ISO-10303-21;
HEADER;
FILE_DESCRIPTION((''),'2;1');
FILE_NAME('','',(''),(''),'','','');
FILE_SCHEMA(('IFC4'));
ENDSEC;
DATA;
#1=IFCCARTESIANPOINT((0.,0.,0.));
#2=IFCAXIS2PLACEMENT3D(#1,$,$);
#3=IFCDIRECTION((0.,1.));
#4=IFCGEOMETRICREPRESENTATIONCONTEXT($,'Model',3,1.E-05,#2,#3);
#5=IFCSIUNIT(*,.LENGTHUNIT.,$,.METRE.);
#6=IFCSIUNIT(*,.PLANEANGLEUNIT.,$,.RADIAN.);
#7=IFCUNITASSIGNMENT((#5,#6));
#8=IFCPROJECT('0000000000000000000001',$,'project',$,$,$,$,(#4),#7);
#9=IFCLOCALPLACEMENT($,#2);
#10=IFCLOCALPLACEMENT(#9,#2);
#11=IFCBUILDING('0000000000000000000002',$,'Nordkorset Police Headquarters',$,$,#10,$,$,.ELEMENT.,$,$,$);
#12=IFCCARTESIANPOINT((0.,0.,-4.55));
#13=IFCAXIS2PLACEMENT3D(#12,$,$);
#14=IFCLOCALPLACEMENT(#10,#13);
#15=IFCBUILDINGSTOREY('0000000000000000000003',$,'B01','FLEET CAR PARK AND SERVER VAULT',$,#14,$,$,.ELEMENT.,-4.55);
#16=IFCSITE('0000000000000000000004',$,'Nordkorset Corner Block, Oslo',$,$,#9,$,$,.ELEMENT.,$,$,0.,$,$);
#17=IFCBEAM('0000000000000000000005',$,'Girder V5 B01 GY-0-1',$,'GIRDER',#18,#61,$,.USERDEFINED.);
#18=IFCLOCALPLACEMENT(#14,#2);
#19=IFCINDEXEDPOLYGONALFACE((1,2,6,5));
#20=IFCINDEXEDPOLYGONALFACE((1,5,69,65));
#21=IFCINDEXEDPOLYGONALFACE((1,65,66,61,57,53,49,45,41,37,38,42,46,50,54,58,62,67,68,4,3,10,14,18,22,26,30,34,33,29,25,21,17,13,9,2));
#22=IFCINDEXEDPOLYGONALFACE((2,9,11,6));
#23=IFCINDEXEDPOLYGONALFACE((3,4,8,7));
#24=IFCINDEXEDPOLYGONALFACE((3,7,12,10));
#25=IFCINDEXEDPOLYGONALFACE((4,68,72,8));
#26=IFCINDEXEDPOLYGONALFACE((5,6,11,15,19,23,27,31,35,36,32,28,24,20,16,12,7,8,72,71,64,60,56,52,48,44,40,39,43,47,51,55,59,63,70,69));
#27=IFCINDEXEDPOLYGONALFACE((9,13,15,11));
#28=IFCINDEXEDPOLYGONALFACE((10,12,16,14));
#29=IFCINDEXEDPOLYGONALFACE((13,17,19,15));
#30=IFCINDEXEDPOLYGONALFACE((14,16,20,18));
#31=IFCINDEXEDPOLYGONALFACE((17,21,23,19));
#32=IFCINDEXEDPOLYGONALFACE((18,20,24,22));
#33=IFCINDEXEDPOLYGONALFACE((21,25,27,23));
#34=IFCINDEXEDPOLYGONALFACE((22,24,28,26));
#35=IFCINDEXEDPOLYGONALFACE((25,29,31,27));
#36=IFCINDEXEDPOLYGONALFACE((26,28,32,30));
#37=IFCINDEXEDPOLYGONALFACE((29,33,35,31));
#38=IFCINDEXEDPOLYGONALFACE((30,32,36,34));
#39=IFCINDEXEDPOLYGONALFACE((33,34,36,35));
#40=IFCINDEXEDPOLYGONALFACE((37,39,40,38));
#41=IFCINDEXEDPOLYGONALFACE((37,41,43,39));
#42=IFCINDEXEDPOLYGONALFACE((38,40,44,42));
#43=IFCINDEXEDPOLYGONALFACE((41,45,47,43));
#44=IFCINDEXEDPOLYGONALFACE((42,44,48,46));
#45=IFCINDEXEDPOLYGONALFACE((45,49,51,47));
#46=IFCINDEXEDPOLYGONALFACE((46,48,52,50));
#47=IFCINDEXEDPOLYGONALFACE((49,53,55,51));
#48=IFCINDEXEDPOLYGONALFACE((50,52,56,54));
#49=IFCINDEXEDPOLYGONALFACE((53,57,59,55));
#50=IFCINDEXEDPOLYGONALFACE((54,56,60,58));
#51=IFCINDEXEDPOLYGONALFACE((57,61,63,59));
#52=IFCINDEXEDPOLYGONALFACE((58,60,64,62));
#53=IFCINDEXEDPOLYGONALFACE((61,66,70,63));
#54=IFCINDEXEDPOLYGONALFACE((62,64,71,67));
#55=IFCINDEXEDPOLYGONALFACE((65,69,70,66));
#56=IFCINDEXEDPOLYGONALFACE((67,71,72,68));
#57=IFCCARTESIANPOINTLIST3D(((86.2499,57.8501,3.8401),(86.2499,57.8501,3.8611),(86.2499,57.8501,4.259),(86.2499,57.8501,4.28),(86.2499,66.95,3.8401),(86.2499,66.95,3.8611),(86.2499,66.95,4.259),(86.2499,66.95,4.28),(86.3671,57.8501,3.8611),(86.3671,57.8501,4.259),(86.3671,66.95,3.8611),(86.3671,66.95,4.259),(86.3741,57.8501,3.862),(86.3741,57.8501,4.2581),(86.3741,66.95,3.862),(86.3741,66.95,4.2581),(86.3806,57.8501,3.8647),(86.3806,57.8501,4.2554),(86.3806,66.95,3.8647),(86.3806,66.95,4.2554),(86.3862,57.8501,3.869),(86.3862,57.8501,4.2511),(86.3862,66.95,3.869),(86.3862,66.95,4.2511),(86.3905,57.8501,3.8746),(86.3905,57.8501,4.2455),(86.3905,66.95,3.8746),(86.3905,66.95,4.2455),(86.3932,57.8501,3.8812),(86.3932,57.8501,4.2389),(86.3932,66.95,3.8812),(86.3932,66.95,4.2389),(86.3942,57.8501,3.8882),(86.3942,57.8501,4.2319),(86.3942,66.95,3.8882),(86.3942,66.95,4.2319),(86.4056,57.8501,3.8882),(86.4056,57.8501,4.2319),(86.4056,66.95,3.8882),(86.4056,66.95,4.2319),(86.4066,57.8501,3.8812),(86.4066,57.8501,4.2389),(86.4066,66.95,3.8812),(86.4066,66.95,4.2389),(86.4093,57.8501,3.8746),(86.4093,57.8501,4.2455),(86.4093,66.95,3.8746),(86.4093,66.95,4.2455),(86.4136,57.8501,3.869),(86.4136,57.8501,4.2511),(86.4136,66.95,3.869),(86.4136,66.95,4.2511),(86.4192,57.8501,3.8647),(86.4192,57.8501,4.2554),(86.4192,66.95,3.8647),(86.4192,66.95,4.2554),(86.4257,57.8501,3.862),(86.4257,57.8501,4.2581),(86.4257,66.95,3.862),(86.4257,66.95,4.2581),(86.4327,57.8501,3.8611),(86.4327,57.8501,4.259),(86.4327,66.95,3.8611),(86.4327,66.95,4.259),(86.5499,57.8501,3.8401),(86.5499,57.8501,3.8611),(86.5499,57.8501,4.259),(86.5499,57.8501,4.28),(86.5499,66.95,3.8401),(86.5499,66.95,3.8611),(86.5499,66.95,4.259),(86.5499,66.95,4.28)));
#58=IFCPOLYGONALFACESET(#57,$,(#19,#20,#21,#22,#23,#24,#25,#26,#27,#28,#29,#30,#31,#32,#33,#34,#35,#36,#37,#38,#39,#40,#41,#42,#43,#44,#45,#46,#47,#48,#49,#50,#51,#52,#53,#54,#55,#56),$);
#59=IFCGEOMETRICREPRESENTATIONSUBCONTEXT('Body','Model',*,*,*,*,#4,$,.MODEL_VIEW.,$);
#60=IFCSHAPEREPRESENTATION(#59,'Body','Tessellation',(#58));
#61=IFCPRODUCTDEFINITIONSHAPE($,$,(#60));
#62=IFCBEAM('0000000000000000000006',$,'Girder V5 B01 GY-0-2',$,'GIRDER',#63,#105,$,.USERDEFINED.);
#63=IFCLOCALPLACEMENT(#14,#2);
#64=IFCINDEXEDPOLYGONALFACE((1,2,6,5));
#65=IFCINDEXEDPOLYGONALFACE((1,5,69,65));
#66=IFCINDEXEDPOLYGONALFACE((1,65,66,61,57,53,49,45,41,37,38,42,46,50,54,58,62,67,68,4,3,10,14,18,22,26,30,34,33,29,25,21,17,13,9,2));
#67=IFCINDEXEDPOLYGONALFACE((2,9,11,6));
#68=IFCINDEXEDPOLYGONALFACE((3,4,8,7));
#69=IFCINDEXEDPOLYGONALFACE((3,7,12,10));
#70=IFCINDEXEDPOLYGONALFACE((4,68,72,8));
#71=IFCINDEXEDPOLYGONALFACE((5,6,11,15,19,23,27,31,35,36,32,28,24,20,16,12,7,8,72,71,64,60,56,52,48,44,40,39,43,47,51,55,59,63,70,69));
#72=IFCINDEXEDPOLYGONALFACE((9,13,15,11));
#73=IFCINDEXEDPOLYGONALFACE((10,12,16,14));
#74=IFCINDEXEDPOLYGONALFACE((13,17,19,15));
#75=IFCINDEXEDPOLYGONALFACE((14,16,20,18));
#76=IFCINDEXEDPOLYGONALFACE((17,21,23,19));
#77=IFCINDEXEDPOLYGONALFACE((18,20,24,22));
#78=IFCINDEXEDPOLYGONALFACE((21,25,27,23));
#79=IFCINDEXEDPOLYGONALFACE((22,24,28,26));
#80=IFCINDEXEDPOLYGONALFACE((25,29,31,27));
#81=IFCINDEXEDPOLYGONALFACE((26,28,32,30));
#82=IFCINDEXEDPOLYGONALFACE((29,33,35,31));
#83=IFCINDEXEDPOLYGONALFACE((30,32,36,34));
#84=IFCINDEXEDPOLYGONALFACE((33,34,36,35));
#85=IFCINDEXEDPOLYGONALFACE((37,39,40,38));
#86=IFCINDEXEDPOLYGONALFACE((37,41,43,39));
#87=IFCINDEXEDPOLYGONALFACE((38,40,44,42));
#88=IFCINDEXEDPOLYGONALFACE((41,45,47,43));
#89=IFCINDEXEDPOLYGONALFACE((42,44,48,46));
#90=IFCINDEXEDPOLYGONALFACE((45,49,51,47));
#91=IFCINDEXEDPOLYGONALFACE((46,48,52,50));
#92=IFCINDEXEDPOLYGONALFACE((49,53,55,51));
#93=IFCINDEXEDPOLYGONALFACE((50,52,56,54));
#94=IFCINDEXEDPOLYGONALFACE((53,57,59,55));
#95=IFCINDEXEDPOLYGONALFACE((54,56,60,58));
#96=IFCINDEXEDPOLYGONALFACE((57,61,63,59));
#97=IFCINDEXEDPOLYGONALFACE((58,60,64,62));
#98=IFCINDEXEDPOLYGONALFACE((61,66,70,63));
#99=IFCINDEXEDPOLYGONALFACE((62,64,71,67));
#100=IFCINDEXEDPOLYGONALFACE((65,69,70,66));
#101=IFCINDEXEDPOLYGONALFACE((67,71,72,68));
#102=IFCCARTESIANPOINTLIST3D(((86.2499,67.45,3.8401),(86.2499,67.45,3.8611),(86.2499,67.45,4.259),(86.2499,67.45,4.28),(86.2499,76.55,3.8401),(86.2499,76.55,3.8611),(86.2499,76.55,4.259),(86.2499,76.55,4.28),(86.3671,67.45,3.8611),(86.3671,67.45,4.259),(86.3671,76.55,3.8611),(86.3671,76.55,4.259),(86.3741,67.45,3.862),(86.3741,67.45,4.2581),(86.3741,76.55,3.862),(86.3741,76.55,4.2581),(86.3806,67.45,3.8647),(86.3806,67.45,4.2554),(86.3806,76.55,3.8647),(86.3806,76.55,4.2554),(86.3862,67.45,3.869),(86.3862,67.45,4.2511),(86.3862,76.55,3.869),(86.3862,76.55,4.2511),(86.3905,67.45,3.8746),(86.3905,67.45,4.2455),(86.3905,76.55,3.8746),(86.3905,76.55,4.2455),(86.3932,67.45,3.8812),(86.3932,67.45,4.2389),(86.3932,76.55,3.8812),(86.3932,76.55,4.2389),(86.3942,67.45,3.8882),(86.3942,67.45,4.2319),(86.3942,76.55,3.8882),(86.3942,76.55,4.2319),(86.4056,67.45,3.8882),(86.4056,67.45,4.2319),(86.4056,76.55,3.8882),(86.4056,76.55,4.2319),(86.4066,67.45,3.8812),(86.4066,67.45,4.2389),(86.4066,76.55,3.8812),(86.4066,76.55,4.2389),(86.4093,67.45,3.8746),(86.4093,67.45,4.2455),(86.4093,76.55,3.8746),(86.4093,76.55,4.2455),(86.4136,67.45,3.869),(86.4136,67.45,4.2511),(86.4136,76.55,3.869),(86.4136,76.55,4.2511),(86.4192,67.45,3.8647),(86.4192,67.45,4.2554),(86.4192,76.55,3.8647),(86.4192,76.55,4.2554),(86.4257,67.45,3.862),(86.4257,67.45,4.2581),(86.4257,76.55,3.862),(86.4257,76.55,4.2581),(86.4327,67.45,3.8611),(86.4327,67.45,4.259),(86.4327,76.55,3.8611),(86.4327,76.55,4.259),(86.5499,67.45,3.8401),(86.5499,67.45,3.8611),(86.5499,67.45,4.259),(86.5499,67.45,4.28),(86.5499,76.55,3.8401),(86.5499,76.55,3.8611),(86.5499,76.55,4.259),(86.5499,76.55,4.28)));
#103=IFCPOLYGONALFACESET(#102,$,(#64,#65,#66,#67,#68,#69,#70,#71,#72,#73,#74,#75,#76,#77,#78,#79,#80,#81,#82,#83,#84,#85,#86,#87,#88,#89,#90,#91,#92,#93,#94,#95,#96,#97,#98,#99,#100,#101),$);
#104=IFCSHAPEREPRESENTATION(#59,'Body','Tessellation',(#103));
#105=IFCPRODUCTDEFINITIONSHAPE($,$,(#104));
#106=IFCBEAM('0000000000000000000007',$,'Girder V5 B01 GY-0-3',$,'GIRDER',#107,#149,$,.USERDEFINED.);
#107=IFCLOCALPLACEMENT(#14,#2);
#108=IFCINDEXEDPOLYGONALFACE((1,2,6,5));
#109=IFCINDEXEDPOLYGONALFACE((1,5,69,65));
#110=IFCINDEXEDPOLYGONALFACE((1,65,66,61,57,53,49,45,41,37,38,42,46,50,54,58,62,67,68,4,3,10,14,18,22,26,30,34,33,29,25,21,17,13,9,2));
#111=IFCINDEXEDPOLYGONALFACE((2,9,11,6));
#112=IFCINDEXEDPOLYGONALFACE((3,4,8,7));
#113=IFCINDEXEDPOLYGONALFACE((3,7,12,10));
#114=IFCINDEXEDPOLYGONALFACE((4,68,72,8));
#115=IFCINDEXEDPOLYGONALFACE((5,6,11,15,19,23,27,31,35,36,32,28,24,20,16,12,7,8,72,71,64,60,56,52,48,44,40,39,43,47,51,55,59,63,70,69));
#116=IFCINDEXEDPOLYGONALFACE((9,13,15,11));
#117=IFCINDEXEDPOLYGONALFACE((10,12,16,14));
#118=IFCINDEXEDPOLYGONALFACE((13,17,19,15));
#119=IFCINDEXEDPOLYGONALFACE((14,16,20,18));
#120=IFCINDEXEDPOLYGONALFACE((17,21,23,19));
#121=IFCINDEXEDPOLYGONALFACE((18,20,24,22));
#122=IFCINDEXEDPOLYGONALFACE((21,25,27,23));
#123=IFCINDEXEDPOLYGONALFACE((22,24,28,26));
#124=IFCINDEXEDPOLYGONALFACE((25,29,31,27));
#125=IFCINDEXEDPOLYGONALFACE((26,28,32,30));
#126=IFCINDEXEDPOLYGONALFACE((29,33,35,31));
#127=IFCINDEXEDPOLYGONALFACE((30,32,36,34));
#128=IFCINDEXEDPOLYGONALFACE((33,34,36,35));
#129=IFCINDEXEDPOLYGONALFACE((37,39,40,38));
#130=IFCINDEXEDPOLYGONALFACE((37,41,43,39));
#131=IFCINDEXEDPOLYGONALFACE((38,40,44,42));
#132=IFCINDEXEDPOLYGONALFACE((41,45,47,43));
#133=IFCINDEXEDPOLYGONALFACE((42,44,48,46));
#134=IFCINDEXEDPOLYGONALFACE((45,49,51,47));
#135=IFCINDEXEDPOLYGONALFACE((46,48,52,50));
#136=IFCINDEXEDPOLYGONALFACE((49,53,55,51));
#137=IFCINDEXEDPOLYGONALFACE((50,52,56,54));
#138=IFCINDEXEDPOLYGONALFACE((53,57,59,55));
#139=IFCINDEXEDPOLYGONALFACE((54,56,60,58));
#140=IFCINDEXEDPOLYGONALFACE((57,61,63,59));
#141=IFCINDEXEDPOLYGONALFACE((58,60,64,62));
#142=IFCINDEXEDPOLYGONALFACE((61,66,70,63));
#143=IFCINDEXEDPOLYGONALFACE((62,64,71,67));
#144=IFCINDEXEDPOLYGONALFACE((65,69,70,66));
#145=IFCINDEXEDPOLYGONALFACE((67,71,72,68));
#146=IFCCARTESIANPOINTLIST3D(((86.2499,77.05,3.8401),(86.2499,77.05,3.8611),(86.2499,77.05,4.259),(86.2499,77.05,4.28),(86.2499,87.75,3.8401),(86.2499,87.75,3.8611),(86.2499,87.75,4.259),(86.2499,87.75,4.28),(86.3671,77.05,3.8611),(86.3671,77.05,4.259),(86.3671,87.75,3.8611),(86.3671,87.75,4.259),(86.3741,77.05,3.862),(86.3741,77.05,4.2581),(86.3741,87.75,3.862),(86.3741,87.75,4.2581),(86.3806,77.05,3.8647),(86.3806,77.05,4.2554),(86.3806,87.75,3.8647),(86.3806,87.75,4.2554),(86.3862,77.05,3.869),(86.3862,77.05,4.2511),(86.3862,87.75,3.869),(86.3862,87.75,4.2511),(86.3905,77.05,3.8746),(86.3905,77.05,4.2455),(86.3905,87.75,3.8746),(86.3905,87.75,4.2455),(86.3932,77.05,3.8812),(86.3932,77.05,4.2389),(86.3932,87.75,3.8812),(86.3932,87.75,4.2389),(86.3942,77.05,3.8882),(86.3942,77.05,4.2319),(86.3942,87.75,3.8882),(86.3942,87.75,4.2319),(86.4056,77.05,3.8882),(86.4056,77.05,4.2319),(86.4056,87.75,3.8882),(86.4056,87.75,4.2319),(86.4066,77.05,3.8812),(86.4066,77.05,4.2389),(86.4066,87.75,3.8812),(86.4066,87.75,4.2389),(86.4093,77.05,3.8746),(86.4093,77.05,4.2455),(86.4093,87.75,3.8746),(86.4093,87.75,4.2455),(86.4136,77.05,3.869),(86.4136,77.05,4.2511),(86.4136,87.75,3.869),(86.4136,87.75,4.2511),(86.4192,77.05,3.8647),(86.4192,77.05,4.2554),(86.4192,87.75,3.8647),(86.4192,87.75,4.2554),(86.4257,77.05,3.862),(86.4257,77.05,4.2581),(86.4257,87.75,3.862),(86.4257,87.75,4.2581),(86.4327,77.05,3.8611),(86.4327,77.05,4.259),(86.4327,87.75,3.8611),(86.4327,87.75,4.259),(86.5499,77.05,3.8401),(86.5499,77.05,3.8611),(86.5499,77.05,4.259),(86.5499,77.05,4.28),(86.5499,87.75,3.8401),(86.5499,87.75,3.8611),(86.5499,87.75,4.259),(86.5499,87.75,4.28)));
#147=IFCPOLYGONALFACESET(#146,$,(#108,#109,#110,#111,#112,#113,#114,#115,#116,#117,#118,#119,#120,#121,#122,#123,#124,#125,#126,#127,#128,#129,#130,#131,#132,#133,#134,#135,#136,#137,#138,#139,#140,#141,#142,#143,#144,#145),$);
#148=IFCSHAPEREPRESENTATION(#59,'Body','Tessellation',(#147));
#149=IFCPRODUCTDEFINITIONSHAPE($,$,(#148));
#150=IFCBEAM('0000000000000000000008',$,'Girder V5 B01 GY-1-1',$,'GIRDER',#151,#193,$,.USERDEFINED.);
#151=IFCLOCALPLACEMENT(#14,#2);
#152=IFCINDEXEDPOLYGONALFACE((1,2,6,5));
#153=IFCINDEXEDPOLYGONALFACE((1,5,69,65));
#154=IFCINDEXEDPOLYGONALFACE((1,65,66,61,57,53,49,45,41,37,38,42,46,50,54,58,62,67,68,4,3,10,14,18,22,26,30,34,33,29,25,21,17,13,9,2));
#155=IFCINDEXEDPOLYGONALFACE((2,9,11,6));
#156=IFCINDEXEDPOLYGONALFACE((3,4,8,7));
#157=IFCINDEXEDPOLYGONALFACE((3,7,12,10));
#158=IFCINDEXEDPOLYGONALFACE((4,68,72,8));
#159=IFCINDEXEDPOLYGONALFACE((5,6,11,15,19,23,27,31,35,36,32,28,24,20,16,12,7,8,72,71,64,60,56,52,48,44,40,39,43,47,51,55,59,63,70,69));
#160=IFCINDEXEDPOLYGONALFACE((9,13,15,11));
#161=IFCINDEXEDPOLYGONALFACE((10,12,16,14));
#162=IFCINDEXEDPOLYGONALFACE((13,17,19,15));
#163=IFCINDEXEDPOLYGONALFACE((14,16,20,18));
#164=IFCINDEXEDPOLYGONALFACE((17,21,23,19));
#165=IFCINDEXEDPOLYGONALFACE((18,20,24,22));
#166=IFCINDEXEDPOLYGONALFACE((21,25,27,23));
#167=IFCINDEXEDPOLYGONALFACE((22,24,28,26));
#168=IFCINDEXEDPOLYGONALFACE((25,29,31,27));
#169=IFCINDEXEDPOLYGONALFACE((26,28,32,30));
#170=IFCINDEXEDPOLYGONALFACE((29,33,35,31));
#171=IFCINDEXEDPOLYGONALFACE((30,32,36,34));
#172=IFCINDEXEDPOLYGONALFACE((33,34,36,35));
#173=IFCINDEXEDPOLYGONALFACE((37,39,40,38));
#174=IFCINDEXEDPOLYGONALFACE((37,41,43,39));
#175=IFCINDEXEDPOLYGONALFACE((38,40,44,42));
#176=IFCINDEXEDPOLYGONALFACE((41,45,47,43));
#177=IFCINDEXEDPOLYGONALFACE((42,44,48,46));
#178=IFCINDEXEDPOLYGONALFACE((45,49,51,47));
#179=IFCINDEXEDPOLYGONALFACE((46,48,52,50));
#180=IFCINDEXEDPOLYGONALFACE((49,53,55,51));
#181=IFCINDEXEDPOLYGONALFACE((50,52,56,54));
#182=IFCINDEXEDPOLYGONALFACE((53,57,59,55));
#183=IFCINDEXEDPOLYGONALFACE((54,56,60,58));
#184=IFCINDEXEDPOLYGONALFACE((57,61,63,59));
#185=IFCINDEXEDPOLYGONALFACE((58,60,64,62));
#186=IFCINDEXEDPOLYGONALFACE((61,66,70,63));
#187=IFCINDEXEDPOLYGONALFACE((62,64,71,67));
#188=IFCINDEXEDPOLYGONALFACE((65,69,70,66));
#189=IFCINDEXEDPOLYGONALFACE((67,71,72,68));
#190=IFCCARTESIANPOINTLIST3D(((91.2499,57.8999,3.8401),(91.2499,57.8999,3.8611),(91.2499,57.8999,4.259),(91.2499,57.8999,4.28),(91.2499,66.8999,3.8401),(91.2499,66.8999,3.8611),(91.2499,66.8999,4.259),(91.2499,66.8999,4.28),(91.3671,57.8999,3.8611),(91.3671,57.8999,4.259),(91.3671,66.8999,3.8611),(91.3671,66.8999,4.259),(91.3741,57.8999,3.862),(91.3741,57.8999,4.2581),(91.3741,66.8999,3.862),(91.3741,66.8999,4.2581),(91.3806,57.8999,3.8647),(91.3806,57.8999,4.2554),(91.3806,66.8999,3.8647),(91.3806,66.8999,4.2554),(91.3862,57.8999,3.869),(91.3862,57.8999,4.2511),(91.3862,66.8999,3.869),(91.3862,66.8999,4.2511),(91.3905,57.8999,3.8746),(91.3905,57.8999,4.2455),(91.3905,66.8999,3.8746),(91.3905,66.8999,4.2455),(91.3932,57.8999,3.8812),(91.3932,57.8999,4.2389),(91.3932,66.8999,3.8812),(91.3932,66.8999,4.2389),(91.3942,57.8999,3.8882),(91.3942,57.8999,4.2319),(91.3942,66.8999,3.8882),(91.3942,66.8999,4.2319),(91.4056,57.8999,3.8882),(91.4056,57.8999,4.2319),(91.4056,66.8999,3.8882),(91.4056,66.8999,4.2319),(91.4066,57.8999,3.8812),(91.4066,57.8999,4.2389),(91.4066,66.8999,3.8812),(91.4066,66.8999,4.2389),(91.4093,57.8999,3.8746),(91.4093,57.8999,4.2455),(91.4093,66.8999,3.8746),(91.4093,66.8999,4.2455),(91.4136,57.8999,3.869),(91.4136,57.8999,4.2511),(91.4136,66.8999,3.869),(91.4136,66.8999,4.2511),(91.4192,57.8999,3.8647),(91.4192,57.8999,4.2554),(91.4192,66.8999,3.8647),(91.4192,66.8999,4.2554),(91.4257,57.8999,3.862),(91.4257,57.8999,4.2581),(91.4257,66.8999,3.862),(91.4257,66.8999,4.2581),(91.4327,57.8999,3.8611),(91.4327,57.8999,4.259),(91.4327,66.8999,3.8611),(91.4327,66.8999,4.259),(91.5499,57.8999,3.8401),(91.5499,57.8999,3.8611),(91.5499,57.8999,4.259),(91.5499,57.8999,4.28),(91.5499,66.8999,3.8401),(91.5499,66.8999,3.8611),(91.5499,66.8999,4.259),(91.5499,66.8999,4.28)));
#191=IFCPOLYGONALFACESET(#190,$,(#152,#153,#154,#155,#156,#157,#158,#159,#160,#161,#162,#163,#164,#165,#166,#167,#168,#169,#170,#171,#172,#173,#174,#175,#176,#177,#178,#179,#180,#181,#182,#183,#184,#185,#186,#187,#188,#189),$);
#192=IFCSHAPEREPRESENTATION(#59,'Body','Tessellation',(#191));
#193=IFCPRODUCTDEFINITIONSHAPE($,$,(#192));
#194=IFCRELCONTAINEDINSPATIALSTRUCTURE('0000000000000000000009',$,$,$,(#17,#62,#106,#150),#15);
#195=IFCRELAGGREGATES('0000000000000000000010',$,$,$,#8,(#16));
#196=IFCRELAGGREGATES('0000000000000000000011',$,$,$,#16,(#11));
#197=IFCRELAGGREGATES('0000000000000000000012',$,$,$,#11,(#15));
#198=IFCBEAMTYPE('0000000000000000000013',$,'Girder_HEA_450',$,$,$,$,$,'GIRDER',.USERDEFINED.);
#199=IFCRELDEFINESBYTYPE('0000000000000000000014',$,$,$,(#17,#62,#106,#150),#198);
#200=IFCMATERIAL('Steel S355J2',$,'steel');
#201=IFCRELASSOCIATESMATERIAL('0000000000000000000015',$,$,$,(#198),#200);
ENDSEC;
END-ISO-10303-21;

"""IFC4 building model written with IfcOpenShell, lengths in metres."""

from ifc_helpers import new_model, si_unit, direction, frame, origin, origin_2d, place, context, subcontext, project, spatial, i_section, extrude, material, material_profile, profile_set, type_object, element, save


model = new_model("IFC4")

# Units and contexts
model_context = context("Model", 3, precision=1e-05, world=origin(), true_north=direction((0.0, 1.0)))
body_context = subcontext(model_context, "Body", "Model", "MODEL_VIEW")
ifc_project = project(units=[si_unit("LENGTHUNIT", "METRE"), si_unit("PLANEANGLEUNIT", "RADIAN")], contexts=[model_context])

# Site, building, storey
site_placement = place(None, origin())
site = spatial("IfcSite", under=ifc_project, at=site_placement, Name="Nordkorset Corner Block, Oslo", CompositionType="ELEMENT", RefElevation=0.0)
building_placement = place(site_placement, origin())
building = spatial("IfcBuilding", under=site, at=building_placement, Name="Nordkorset Police Headquarters", CompositionType="ELEMENT")
storey_placement = place(building_placement, frame((0.0, 0.0, -4.55)))
storey = spatial("IfcBuildingStorey", under=building, at=storey_placement, Name="B01", Description="FLEET CAR PARK AND SERVER VAULT", CompositionType="ELEMENT", Elevation=-4.55)

# Beams
ifc_material_1 = material(Name="Steel S355J2", Category="steel")
ifc_material_profile_1 = material_profile(ifc_material_1, i_section(OverallWidth=0.3, OverallDepth=0.4399, WebThickness=0.0115, FlangeThickness=0.021, FilletRadius=0.0271, at=origin_2d()), Name="HEA 450")
ifc_profile_set_1 = profile_set([ifc_material_profile_1], Name="Steel S355J2")
beam_type_1 = type_object("IfcBeamType", Name="Girder_HEA_450", ElementType="GIRDER", PredefinedType="USERDEFINED", material=ifc_profile_set_1)
beam_1_placement = place(storey_placement, frame((86.3999, 57.8501, 4.0601), z_axis=(0.0, 1.0, 0.0), x_axis=(-1.0, 0.0, 0.0)))
element("IfcBeam", 1, at=beam_1_placement, inside=storey, type_object=beam_type_1, Name="Girder V5 B01 GY-0-1", ObjectType="GIRDER", PredefinedType="USERDEFINED", context=body_context, shape_type="SweptSolid", body=[
    extrude(i_section(OverallWidth=0.3, OverallDepth=0.4399, WebThickness=0.0115, FlangeThickness=0.021, FilletRadius=0.0271, at=origin_2d()), origin(), (0.0, 0.0, 1.0), 9.0999),
])
beam_2_placement = place(storey_placement, frame((86.3999, 67.45, 4.0601), z_axis=(0.0, 1.0, 0.0), x_axis=(-1.0, 0.0, 0.0)))
element("IfcBeam", 2, at=beam_2_placement, inside=storey, type_object=beam_type_1, Name="Girder V5 B01 GY-0-2", ObjectType="GIRDER", PredefinedType="USERDEFINED", context=body_context, shape_type="SweptSolid", body=[
    extrude(i_section(OverallWidth=0.3, OverallDepth=0.4399, WebThickness=0.0115, FlangeThickness=0.021, FilletRadius=0.0271, at=origin_2d()), origin(), (0.0, 0.0, 1.0), 9.1001),
])
beam_3_placement = place(storey_placement, frame((86.3999, 77.05, 4.0601), z_axis=(0.0, 1.0, 0.0), x_axis=(-1.0, 0.0, 0.0)))
element("IfcBeam", 3, at=beam_3_placement, inside=storey, type_object=beam_type_1, Name="Girder V5 B01 GY-0-3", ObjectType="GIRDER", PredefinedType="USERDEFINED", context=body_context, shape_type="SweptSolid", body=[
    extrude(i_section(OverallWidth=0.3, OverallDepth=0.4399, WebThickness=0.0115, FlangeThickness=0.021, FilletRadius=0.0271, at=origin_2d()), origin(), (0.0, 0.0, 1.0), 10.7),
])
for number, where, z_axis, x_axis, name in (
    (4, (91.3999, 57.8999, 4.0601), (0.0, 1.0, 0.0), (-1.0, 0.0, 0.0), "Girder V5 B01 GY-1-1"),
):
    element("IfcBeam", number, at=place(storey_placement, frame(where, z_axis=z_axis, x_axis=x_axis)), inside=storey, type_object=beam_type_1, Name=name, ObjectType="GIRDER", PredefinedType="USERDEFINED", context=body_context, shape_type="SweptSolid", body=[
        extrude(i_section(OverallWidth=0.3, OverallDepth=0.4399, WebThickness=0.0115, FlangeThickness=0.021, FilletRadius=0.0271, at=origin_2d()), origin(), (0.0, 0.0, 1.0), 9.0),
    ])

save(model, "model.ifc")
